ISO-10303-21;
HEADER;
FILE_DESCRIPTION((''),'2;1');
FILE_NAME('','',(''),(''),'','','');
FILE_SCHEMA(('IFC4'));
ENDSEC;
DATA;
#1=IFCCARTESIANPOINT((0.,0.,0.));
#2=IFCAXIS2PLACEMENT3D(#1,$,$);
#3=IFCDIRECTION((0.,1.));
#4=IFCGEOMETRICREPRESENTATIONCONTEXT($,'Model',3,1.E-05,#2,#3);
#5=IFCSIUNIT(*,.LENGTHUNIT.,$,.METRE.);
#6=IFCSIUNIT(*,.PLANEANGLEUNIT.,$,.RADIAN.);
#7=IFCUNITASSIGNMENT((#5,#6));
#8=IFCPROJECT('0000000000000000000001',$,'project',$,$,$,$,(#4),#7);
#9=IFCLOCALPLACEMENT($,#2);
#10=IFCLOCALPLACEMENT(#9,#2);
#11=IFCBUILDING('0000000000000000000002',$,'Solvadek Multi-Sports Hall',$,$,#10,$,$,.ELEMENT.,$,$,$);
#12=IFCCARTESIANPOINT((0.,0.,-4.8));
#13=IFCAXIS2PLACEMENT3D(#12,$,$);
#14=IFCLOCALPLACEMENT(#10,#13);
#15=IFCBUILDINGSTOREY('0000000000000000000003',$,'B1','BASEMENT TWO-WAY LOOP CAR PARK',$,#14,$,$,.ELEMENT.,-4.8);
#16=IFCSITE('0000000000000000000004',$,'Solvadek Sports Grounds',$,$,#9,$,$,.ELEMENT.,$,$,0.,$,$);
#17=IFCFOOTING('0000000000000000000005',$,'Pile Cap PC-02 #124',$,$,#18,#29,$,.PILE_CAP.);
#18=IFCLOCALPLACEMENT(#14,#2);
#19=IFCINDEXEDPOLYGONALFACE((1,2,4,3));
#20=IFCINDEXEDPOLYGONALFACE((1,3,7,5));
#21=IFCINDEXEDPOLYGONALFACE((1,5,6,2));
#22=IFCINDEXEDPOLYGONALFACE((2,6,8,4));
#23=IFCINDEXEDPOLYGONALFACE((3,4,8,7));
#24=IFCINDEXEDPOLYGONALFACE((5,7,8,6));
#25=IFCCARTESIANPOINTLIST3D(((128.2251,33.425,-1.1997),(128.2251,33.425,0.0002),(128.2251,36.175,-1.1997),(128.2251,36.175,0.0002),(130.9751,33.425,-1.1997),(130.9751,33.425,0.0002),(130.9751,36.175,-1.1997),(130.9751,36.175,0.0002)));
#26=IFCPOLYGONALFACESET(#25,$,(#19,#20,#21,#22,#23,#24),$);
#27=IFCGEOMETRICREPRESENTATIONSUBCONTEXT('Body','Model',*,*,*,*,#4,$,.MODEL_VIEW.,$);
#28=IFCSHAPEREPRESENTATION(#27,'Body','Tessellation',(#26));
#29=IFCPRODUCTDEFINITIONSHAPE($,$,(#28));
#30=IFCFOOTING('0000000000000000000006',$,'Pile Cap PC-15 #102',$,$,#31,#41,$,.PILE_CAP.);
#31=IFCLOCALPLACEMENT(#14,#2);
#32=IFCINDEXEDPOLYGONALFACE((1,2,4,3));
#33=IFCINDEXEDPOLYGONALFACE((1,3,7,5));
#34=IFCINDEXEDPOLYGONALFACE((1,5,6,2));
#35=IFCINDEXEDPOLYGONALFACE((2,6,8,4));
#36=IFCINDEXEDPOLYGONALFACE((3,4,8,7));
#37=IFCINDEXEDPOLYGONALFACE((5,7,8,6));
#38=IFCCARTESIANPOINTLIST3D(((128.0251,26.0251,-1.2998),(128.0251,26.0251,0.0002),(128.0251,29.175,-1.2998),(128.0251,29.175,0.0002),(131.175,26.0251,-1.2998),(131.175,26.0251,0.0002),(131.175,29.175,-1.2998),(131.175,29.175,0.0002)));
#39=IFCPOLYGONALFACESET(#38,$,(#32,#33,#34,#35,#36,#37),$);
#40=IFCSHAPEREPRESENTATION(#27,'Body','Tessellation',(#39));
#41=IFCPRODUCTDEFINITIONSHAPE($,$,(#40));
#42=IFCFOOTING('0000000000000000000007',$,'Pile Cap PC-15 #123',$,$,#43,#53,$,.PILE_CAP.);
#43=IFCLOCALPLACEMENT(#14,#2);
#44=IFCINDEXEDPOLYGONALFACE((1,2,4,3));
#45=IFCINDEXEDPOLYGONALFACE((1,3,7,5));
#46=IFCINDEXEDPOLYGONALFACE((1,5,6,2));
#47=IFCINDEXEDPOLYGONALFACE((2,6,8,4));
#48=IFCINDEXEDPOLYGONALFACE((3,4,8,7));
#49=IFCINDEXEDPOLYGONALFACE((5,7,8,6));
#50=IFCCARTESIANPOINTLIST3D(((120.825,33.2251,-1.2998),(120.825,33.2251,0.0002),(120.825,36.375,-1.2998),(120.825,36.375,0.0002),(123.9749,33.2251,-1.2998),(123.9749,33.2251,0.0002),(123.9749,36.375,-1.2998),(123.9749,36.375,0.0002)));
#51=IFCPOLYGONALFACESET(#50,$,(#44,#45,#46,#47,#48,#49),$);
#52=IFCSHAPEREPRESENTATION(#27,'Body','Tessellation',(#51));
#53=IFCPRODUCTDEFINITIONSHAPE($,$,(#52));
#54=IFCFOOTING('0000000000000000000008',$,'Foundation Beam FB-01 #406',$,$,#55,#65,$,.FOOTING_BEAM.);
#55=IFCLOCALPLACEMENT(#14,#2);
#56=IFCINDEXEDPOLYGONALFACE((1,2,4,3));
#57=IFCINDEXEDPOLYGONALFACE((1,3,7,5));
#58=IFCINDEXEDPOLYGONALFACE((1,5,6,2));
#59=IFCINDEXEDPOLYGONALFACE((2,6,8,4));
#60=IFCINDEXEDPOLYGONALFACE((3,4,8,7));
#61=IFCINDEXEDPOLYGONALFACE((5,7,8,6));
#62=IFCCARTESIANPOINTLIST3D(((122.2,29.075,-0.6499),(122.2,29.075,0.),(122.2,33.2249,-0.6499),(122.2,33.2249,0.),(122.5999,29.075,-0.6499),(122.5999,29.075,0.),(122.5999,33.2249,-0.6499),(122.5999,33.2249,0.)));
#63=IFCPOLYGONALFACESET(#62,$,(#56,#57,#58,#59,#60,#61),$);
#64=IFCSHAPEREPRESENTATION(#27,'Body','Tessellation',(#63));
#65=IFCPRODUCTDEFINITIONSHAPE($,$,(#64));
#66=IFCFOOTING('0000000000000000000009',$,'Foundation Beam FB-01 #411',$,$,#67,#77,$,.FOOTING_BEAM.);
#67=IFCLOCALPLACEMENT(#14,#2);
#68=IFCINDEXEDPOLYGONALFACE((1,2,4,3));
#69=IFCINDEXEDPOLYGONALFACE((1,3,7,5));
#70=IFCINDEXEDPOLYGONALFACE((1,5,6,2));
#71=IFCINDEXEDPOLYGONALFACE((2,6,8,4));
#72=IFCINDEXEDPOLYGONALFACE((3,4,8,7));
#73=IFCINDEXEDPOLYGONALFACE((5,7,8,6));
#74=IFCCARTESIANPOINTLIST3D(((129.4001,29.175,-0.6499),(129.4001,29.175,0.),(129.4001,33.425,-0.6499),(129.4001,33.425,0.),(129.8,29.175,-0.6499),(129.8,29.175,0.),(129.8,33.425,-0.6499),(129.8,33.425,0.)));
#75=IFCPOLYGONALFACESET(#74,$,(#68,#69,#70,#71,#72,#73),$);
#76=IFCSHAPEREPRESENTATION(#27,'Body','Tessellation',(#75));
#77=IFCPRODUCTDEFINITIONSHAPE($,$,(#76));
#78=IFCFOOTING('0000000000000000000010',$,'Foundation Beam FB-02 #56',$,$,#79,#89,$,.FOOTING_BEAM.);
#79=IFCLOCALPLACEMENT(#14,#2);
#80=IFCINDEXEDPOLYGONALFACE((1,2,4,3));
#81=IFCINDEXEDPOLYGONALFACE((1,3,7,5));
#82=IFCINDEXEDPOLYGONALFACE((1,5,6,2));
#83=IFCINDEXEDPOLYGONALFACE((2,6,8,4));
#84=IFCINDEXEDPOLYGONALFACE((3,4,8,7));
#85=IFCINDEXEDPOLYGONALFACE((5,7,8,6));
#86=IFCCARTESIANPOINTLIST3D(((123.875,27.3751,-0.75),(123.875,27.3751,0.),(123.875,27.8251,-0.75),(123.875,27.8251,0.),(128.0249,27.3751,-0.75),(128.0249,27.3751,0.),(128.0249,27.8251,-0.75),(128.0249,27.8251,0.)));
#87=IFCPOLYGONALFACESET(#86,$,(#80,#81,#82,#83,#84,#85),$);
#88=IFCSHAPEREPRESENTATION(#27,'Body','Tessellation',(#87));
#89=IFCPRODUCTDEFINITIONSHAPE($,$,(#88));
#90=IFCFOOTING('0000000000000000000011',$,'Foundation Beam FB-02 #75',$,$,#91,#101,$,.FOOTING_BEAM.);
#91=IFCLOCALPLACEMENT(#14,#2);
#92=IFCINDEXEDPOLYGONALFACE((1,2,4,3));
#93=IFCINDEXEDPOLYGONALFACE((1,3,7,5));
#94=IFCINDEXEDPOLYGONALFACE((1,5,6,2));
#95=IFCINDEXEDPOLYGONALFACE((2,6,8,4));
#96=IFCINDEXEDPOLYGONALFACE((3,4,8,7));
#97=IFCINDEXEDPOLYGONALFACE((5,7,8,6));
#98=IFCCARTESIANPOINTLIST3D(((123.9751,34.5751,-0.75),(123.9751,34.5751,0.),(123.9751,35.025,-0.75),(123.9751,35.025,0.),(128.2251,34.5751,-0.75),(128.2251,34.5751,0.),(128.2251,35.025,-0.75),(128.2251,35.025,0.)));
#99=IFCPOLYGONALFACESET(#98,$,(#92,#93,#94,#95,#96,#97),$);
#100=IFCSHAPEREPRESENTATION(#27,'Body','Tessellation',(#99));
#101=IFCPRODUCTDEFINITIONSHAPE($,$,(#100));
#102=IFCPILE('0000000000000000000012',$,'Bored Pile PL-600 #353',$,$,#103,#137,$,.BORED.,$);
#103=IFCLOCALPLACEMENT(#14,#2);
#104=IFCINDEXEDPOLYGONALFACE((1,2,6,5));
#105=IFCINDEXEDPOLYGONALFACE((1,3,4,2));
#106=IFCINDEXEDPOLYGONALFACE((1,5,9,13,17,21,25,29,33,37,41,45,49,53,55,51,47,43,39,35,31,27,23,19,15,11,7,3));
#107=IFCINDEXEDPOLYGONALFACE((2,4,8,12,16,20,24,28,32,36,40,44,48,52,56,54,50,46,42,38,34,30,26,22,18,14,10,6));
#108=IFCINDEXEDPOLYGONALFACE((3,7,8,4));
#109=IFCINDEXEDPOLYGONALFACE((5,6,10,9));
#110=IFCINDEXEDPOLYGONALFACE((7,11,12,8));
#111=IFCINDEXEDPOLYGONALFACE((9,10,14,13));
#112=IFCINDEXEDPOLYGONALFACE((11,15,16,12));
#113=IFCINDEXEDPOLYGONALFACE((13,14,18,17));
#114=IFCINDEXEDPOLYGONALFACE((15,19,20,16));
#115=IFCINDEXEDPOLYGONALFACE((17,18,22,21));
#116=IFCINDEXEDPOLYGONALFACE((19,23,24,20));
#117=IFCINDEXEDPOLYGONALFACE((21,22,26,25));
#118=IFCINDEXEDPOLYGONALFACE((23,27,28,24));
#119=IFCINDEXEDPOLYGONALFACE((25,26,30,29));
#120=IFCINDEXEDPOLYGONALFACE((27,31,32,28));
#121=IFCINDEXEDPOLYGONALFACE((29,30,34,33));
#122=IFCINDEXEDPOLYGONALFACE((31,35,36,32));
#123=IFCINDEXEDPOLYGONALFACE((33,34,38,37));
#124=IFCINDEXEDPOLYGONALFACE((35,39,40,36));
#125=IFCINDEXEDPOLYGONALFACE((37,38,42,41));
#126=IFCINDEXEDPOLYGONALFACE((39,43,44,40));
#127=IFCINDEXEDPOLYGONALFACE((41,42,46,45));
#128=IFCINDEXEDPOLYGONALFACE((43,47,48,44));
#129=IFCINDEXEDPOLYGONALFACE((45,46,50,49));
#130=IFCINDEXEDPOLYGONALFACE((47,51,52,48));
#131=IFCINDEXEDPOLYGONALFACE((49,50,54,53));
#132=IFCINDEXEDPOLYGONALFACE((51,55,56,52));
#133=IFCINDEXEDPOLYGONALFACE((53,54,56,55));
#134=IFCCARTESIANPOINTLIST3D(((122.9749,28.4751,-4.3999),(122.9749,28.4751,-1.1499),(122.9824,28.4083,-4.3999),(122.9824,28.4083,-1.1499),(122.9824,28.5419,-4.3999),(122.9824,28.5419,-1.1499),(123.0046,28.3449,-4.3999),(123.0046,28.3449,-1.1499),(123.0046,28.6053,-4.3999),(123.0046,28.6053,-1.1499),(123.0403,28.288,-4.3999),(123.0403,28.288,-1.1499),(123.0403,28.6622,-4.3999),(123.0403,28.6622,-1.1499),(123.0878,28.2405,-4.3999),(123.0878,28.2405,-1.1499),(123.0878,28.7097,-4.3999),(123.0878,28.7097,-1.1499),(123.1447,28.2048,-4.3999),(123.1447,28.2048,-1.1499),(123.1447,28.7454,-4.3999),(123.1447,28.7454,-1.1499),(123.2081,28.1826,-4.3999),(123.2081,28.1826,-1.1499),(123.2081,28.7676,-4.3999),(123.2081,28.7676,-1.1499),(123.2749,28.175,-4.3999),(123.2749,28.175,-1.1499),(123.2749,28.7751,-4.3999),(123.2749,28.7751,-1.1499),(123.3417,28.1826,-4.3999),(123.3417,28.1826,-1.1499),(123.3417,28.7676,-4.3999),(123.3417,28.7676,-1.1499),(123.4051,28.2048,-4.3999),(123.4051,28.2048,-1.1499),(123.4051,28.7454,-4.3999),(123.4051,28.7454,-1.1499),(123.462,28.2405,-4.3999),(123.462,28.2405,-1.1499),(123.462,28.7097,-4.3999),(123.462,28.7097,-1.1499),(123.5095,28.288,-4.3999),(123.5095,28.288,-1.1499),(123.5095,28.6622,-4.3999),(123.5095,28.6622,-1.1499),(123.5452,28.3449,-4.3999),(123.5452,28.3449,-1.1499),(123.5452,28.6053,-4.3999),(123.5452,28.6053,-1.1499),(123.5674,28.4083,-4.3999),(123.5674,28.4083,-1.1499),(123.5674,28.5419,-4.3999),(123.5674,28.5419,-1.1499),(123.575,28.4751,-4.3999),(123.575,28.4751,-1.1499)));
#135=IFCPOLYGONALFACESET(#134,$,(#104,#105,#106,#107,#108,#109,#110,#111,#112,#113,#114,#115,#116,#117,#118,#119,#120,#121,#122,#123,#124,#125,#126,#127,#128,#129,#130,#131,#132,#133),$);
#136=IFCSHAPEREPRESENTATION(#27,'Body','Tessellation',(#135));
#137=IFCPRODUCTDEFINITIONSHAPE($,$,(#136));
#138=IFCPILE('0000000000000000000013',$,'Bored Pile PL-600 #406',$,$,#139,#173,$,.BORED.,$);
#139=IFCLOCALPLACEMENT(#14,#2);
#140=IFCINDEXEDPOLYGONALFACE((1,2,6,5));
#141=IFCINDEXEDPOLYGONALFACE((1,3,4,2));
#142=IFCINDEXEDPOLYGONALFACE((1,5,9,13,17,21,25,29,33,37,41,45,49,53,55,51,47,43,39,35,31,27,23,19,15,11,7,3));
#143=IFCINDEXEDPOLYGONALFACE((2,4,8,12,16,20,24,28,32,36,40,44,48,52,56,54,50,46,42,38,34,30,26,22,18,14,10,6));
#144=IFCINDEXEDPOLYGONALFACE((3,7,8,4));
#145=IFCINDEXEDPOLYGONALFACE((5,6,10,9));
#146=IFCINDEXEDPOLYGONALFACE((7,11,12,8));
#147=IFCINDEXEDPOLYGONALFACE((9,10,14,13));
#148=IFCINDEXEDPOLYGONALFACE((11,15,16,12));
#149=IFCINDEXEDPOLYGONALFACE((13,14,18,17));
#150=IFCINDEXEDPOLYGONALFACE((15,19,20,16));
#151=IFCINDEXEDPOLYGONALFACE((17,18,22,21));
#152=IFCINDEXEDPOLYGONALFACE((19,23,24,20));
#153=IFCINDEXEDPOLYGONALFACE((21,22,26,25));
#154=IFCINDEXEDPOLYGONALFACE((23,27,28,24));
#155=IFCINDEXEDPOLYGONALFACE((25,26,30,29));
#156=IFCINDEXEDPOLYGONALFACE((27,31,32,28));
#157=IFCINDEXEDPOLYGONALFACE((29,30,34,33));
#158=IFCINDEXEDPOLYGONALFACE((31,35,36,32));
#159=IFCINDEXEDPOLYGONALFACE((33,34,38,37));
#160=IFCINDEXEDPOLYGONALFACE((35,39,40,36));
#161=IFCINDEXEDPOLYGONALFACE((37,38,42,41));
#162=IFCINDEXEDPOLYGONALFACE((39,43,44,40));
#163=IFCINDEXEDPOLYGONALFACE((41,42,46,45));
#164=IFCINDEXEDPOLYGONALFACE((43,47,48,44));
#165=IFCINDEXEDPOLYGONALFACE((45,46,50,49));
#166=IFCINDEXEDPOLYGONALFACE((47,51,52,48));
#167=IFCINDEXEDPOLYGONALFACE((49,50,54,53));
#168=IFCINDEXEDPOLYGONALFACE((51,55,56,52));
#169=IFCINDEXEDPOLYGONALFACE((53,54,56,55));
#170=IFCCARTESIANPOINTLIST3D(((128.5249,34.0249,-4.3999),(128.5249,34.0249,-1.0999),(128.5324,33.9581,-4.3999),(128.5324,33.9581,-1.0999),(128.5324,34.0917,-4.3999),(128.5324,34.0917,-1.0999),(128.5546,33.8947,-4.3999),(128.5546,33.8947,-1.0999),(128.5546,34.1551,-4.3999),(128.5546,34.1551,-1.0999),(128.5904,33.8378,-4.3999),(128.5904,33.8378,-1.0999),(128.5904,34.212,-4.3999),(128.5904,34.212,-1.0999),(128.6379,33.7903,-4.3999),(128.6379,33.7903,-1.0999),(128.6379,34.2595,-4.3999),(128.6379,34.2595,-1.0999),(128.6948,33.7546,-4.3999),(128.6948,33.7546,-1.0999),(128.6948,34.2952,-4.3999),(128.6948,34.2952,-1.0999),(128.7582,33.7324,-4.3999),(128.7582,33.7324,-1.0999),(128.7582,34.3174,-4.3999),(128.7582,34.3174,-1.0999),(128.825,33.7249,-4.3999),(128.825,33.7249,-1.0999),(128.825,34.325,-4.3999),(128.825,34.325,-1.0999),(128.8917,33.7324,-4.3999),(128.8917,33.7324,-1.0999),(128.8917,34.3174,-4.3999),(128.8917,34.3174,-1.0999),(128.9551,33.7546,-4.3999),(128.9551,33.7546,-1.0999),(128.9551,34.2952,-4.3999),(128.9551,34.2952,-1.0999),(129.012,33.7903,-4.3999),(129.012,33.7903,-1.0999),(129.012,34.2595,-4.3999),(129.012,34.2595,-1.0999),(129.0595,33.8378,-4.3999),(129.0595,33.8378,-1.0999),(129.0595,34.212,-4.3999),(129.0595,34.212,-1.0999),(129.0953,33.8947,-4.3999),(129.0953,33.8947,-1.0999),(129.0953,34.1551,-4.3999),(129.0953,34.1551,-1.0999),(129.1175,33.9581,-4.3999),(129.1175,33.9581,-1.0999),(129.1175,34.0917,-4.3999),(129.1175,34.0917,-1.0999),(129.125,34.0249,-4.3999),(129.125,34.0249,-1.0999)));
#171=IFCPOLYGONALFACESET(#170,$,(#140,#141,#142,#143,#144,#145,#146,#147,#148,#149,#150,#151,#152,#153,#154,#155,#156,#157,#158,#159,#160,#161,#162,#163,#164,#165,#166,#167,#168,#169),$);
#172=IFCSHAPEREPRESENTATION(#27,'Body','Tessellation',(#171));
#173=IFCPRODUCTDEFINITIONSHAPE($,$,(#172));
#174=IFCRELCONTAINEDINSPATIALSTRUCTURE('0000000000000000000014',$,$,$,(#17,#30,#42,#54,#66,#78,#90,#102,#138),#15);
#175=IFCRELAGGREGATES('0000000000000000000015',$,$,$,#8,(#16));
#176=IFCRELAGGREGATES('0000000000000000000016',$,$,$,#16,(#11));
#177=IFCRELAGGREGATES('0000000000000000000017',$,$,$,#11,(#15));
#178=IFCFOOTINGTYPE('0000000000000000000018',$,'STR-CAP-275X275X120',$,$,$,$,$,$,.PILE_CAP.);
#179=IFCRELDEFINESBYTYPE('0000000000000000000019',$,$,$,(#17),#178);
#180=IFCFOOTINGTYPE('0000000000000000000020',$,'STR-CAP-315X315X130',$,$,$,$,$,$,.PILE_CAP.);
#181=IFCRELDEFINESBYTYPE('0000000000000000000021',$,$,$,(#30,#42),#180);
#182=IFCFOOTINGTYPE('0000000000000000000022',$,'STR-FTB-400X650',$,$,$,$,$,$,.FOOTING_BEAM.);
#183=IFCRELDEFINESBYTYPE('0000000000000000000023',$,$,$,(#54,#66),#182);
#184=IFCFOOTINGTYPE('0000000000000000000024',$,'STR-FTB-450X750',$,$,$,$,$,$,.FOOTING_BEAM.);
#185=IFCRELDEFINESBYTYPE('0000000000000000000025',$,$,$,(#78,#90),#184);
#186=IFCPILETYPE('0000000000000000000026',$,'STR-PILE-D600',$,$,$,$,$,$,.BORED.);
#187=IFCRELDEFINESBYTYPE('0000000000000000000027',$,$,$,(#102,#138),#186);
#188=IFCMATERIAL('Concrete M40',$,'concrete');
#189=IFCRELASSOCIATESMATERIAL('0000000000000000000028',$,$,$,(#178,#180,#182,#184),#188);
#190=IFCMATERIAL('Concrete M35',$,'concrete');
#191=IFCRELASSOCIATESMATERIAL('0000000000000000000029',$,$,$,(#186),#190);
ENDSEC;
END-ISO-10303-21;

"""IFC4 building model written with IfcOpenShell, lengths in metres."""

from ifc_helpers import new_model, si_unit, direction, frame, origin, origin_2d, place, context, subcontext, project, spatial, rectangle, circle, extrude, material, material_profile, profile_set, type_object, element, save


model = new_model("IFC4")

# Units and contexts
model_context = context("Model", 3, precision=1e-05, world=origin(), true_north=direction((0.0, 1.0)))
body_context = subcontext(model_context, "Body", "Model", "MODEL_VIEW")
ifc_project = project(units=[si_unit("LENGTHUNIT", "METRE"), si_unit("PLANEANGLEUNIT", "RADIAN")], contexts=[model_context])

# Site, building, storey
site_placement = place(None, origin())
site = spatial("IfcSite", under=ifc_project, at=site_placement, Name="Solvadek Sports Grounds", CompositionType="ELEMENT", RefElevation=0.0)
building_placement = place(site_placement, origin())
building = spatial("IfcBuilding", under=site, at=building_placement, Name="Solvadek Multi-Sports Hall", CompositionType="ELEMENT")
storey_placement = place(building_placement, frame((0.0, 0.0, -4.8)))
storey = spatial("IfcBuildingStorey", under=building, at=storey_placement, Name="B1", Description="BASEMENT TWO-WAY LOOP CAR PARK", CompositionType="ELEMENT", Elevation=-4.8)

# Footings
ifc_material_1 = material(Name="Concrete M40", Category="concrete")
footing_type_1 = type_object("IfcFootingType", Name="STR-CAP-275X275X120", PredefinedType="PILE_CAP", material=ifc_material_1)
footing_1_placement = place(storey_placement, frame((129.6001, 34.8, -1.1997), z_axis=(0.0, 0.0, 1.0), x_axis=(1.0, 0.0, 0.0)))
element("IfcFooting", 1, at=footing_1_placement, inside=storey, type_object=footing_type_1, Name="Pile Cap PC-02 #124", PredefinedType="PILE_CAP", context=body_context, shape_type="SweptSolid", body=[
    extrude(rectangle(XDim=2.75, YDim=2.75, at=origin_2d()), origin(), (0.0, 0.0, 1.0), 1.2),
])
footing_type_2 = type_object("IfcFootingType", Name="STR-CAP-315X315X130", PredefinedType="PILE_CAP", material=ifc_material_1)
for number, where, z_axis, x_axis, name in (
    (2, (129.6001, 27.6001, -1.2998), (0.0, 0.0, 1.0), (1.0, 0.0, 0.0), "Pile Cap PC-15 #102"),
    (3, (122.3999, 34.8, -1.2998), (0.0, 0.0, 1.0), (1.0, 0.0, 0.0), "Pile Cap PC-15 #123"),
):
    element("IfcFooting", number, at=place(storey_placement, frame(where, z_axis=z_axis, x_axis=x_axis)), inside=storey, type_object=footing_type_2, Name=name, PredefinedType="PILE_CAP", context=body_context, shape_type="SweptSolid", body=[
        extrude(rectangle(XDim=3.1499, YDim=3.1499, at=origin_2d()), origin(), (0.0, 0.0, 1.0), 1.3),
    ])
footing_type_3 = type_object("IfcFootingType", Name="STR-FTB-400X650", PredefinedType="FOOTING_BEAM", material=ifc_material_1)
footing_2_placement = place(storey_placement, frame((122.3999, 31.1499, -0.6499), z_axis=(0.0, 0.0, 1.0), x_axis=(0.0, 1.0, 0.0)))
element("IfcFooting", 4, at=footing_2_placement, inside=storey, type_object=footing_type_3, Name="Foundation Beam FB-01 #406", PredefinedType="FOOTING_BEAM", context=body_context, shape_type="SweptSolid", body=[
    extrude(rectangle(XDim=4.1499, YDim=0.3999, at=origin_2d()), origin(), (0.0, 0.0, 1.0), 0.6499),
])
footing_3_placement = place(storey_placement, frame((129.6001, 31.3, -0.6499), z_axis=(0.0, 0.0, 1.0), x_axis=(0.0, 1.0, 0.0)))
element("IfcFooting", 5, at=footing_3_placement, inside=storey, type_object=footing_type_3, Name="Foundation Beam FB-01 #411", PredefinedType="FOOTING_BEAM", context=body_context, shape_type="SweptSolid", body=[
    extrude(rectangle(XDim=4.25, YDim=0.3999, at=origin_2d()), origin(), (0.0, 0.0, 1.0), 0.6499),
])
footing_type_4 = type_object("IfcFootingType", Name="STR-FTB-450X750", PredefinedType="FOOTING_BEAM", material=ifc_material_1)
footing_4_placement = place(storey_placement, frame((125.95, 27.6001, -0.75), z_axis=(0.0, 0.0, 1.0), x_axis=(1.0, 0.0, 0.0)))
element("IfcFooting", 6, at=footing_4_placement, inside=storey, type_object=footing_type_4, Name="Foundation Beam FB-02 #56", PredefinedType="FOOTING_BEAM", context=body_context, shape_type="SweptSolid", body=[
    extrude(rectangle(XDim=4.1499, YDim=0.45, at=origin_2d()), origin(), (0.0, 0.0, 1.0), 0.75),
])
footing_5_placement = place(storey_placement, frame((126.1001, 34.8, -0.75), z_axis=(0.0, 0.0, 1.0), x_axis=(1.0, 0.0, 0.0)))
element("IfcFooting", 7, at=footing_5_placement, inside=storey, type_object=footing_type_4, Name="Foundation Beam FB-02 #75", PredefinedType="FOOTING_BEAM", context=body_context, shape_type="SweptSolid", body=[
    extrude(rectangle(XDim=4.25, YDim=0.45, at=origin_2d()), origin(), (0.0, 0.0, 1.0), 0.75),
])

# Piles
ifc_material_2 = material(Name="Concrete M35", Category="concrete")
ifc_material_profile_1 = material_profile(ifc_material_2, circle(Radius=0.3, at=origin_2d()), Name="BORED PILE D600")
ifc_profile_set_1 = profile_set([ifc_material_profile_1], Name="Concrete M35")
pile_type_1 = type_object("IfcPileType", Name="STR-PILE-D600", PredefinedType="BORED", material=ifc_profile_set_1)
pile_1_placement = place(storey_placement, frame((123.2749, 28.4751, -1.1499), z_axis=(0.0, 0.0, -1.0), x_axis=(1.0, 0.0, 0.0)))
element("IfcPile", 8, at=pile_1_placement, inside=storey, type_object=pile_type_1, Name="Bored Pile PL-600 #353", PredefinedType="BORED", context=body_context, shape_type="SweptSolid", body=[
    extrude(circle(Radius=0.3, at=origin_2d()), origin(), (0.0, 0.0, 1.0), 3.25),
])
pile_2_placement = place(storey_placement, frame((128.825, 34.0249, -1.0999), z_axis=(0.0, 0.0, -1.0), x_axis=(1.0, 0.0, 0.0)))
element("IfcPile", 9, at=pile_2_placement, inside=storey, type_object=pile_type_1, Name="Bored Pile PL-600 #406", PredefinedType="BORED", context=body_context, shape_type="SweptSolid", body=[
    extrude(circle(Radius=0.3, at=origin_2d()), origin(), (0.0, 0.0, 1.0), 3.3),
])

save(model, "model.ifc")
